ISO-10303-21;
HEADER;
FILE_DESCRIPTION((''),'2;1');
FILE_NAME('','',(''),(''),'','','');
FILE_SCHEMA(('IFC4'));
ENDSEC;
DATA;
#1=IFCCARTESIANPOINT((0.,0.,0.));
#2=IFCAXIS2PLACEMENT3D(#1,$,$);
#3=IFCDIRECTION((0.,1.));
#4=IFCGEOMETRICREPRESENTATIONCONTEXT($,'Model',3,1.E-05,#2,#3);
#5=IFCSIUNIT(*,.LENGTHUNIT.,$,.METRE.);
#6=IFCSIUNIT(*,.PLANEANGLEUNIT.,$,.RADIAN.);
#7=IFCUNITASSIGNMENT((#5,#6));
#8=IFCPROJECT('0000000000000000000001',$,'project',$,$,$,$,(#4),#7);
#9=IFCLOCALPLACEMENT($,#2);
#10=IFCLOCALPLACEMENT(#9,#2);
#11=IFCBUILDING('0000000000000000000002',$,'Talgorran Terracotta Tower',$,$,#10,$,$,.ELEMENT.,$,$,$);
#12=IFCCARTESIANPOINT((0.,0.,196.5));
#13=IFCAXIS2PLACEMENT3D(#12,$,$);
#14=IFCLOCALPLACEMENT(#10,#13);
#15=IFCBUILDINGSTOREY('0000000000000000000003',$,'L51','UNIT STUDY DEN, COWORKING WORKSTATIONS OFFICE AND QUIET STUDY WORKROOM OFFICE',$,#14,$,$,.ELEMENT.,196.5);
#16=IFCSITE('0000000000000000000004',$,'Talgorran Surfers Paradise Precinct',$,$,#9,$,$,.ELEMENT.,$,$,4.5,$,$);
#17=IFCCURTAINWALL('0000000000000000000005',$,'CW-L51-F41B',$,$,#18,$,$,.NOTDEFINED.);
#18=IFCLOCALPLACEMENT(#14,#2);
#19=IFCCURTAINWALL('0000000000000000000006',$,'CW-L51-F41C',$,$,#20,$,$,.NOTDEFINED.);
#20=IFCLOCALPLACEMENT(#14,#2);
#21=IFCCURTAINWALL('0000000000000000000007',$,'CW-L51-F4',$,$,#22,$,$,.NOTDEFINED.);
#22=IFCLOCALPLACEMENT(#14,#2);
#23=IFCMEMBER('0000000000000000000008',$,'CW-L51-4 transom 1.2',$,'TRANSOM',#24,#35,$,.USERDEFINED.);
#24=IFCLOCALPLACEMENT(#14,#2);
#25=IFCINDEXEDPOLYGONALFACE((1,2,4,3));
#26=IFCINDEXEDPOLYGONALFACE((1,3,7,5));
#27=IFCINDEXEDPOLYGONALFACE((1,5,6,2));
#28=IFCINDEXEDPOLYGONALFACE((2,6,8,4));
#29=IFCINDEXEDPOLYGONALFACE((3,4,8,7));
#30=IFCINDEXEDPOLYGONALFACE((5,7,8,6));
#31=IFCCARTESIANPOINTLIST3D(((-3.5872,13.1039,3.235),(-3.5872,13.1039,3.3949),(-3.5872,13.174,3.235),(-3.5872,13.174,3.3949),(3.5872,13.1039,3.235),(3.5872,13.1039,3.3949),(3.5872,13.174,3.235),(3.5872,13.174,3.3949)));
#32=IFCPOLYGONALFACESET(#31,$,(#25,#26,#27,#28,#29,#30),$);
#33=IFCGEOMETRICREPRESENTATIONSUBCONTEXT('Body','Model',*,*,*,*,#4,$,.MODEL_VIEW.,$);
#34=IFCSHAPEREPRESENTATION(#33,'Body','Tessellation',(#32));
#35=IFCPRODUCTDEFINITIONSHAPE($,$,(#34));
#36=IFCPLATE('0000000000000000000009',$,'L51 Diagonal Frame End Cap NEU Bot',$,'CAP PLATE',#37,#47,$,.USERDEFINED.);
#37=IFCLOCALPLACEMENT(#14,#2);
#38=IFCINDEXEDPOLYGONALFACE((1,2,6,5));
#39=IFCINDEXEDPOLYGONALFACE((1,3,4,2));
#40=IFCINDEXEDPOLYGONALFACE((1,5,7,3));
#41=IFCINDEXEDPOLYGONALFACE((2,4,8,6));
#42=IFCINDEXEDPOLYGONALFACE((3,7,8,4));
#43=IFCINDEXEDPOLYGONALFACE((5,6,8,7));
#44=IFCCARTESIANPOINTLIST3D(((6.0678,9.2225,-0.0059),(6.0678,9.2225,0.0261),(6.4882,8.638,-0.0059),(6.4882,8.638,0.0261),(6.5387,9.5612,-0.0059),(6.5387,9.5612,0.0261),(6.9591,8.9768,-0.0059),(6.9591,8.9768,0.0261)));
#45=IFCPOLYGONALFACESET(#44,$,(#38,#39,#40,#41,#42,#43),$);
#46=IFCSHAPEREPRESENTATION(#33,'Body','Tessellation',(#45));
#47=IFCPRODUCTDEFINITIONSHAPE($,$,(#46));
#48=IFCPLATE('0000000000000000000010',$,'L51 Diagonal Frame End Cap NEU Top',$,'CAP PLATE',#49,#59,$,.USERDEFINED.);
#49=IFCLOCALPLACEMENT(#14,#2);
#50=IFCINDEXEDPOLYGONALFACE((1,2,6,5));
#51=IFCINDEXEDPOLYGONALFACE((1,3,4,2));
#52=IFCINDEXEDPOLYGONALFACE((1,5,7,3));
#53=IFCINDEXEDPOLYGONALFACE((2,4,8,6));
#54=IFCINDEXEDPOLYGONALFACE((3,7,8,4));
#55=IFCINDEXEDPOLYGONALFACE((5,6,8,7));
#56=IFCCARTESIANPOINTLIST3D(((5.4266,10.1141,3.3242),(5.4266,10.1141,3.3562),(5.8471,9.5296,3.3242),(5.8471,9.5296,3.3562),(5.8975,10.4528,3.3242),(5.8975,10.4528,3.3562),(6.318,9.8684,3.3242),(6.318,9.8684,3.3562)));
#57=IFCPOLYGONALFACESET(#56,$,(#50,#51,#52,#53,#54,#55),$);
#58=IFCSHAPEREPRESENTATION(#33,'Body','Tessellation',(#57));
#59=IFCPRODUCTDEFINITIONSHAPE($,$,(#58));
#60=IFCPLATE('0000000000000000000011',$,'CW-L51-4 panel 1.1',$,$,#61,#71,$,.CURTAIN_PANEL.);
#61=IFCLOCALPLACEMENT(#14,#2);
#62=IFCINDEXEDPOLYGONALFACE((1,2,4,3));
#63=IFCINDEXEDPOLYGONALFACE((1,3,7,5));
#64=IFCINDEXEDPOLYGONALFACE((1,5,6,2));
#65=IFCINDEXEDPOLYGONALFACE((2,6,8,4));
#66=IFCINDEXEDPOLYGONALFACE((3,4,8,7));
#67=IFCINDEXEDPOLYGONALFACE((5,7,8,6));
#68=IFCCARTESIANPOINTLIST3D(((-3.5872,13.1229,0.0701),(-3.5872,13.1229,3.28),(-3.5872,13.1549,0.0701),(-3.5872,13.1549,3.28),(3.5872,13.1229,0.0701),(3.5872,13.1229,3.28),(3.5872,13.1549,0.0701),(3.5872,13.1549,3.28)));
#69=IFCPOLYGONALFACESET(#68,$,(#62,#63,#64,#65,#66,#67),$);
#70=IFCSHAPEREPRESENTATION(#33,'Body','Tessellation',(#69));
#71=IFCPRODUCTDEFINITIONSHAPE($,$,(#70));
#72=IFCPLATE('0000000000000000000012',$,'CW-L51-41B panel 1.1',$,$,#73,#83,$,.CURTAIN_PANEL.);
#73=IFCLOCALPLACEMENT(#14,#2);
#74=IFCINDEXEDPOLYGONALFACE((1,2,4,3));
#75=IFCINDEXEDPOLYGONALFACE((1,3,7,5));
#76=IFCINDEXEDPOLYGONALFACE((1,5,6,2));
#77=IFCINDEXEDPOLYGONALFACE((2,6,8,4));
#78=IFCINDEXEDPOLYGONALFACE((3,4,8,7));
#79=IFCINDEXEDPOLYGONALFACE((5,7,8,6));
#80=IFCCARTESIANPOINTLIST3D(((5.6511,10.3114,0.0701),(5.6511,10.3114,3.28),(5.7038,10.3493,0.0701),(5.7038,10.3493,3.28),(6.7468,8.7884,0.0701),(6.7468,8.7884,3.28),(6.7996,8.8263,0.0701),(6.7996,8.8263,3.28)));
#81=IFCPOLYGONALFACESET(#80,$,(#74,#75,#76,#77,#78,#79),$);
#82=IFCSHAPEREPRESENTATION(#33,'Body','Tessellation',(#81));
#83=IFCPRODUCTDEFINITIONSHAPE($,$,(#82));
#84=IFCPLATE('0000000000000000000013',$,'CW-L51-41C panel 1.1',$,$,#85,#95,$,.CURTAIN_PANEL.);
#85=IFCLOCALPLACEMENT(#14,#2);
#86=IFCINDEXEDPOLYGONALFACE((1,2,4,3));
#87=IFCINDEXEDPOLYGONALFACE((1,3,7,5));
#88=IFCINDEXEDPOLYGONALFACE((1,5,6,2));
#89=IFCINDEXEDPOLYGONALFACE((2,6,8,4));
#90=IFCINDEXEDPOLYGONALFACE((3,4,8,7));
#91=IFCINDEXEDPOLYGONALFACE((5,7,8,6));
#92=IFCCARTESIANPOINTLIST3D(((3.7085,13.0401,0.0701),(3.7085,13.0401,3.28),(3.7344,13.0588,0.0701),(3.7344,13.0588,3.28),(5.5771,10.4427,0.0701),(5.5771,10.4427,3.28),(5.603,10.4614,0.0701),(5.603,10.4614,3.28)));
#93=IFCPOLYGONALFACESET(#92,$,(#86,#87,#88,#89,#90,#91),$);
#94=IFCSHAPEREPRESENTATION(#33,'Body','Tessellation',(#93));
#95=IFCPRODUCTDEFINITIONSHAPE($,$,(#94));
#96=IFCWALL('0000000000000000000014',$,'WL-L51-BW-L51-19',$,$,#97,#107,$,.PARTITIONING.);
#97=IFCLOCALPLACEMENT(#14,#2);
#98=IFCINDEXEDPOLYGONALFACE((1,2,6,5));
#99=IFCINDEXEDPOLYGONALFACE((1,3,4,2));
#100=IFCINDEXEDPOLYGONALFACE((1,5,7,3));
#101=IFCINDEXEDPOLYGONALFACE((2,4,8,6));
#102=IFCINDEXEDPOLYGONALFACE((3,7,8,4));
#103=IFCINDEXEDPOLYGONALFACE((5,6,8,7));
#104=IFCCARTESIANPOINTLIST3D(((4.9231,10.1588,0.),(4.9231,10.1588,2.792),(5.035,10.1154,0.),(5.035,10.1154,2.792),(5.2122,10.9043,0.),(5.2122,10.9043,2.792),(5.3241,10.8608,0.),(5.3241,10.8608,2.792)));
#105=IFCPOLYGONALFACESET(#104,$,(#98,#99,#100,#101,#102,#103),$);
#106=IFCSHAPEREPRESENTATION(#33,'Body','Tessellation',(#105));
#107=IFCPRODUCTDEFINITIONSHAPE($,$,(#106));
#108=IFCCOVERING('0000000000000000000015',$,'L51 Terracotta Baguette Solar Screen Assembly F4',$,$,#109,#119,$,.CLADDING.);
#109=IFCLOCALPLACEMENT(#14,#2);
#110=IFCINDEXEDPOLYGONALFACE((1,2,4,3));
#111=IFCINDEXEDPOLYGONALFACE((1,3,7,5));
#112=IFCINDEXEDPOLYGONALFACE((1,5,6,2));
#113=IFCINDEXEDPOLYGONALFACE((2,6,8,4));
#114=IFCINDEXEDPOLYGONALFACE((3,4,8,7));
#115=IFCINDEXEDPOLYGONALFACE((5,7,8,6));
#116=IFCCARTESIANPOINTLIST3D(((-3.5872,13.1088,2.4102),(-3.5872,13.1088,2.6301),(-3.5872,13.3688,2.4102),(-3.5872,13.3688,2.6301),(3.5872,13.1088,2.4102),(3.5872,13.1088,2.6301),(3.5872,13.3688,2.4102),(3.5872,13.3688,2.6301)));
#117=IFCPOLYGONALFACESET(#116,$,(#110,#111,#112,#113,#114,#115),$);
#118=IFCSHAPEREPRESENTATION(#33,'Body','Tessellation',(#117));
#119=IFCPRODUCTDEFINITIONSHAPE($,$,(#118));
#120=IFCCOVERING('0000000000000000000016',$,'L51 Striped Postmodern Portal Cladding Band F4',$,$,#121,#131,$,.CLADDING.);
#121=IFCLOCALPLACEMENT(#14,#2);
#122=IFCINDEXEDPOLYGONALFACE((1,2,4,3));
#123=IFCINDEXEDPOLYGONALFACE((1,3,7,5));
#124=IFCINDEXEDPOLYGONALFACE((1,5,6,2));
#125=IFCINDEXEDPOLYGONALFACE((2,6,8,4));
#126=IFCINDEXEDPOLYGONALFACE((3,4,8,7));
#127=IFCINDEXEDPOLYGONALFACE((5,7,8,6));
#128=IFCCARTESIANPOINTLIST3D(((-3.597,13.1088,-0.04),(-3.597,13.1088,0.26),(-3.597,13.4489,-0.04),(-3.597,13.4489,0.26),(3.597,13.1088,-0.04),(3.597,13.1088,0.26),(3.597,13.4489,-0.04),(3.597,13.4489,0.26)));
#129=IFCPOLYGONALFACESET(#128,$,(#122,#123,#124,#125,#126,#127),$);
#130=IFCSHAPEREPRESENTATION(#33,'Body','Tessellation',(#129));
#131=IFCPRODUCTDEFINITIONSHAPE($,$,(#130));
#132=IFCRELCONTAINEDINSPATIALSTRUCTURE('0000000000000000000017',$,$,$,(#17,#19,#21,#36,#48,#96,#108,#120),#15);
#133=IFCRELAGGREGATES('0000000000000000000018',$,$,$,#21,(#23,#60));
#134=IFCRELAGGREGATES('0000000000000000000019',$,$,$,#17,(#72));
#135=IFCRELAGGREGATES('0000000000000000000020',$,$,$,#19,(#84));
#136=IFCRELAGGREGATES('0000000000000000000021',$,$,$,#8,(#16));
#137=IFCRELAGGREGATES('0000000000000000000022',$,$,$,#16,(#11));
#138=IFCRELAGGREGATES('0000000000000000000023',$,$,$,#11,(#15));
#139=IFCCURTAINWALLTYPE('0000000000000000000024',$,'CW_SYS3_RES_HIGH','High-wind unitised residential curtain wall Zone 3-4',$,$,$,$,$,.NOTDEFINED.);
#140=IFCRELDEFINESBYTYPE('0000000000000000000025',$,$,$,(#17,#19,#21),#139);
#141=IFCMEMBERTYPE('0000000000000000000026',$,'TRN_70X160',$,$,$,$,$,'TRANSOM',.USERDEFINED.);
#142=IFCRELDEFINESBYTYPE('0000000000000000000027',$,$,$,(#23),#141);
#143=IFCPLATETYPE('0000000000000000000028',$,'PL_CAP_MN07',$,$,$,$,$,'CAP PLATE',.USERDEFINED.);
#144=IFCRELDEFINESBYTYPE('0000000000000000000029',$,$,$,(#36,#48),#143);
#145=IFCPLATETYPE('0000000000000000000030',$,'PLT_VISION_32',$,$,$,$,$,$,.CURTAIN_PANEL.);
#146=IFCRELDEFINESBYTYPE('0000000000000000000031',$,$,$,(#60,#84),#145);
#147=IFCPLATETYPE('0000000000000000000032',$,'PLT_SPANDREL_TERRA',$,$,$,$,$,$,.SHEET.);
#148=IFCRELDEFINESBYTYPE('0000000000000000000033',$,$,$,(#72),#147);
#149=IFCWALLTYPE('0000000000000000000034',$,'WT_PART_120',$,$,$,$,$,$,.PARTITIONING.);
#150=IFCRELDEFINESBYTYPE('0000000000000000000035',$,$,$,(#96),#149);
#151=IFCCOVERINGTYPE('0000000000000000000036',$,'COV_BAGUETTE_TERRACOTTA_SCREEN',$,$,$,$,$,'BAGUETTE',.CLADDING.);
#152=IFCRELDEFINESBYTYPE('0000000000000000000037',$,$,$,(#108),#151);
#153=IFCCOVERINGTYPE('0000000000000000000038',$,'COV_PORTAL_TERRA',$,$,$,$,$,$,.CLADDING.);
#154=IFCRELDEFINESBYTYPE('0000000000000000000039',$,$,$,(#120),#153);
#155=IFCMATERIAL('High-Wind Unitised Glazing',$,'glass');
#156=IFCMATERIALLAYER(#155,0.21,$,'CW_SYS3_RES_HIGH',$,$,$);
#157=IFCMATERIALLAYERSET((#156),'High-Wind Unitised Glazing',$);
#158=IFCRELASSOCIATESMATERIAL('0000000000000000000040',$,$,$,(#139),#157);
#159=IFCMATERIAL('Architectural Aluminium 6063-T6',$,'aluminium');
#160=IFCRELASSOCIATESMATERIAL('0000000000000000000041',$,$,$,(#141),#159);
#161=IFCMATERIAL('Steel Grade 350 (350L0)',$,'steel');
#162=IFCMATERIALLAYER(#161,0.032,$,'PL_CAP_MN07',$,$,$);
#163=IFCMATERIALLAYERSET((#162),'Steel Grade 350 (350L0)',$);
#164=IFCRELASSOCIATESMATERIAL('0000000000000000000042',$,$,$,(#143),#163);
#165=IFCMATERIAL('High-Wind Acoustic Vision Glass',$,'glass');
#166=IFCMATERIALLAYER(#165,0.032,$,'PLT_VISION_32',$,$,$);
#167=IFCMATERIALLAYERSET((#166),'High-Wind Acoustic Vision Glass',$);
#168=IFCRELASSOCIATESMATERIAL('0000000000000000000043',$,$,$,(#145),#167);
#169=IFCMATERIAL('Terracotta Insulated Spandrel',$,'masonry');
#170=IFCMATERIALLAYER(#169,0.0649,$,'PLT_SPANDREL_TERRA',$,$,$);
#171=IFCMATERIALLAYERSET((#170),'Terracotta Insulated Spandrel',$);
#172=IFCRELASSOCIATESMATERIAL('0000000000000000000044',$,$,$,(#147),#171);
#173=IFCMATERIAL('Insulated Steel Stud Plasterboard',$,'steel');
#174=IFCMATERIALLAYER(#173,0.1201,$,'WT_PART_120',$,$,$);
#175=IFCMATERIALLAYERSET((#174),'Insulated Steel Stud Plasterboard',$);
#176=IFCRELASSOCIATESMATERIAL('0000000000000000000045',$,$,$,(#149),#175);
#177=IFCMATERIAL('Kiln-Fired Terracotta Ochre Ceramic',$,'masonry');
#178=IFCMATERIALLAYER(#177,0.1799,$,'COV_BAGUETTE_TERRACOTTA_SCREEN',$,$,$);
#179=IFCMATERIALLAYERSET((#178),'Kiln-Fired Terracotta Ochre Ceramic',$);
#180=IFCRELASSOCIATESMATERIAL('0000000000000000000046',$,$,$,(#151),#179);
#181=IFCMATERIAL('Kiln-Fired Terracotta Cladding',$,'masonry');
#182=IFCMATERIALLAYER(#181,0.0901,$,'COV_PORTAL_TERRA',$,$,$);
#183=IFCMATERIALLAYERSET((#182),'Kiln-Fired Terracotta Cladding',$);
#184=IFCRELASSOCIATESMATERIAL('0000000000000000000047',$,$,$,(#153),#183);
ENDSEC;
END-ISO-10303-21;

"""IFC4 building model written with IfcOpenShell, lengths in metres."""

from ifc_helpers import new_model, si_unit, direction, frame, frame_2d, origin, origin_2d, place, context, subcontext, project, spatial, rectangle, extrude, source, transform, mapped, material, layer, layer_set, material_profile, profile_set, type_object, type_shapes, element, aggregate, save


model = new_model("IFC4")

# Units and contexts
model_context = context("Model", 3, precision=1e-05, world=origin(), true_north=direction((0.0, 1.0)))
body_context = subcontext(model_context, "Body", "Model", "MODEL_VIEW")
ifc_project = project(units=[si_unit("LENGTHUNIT", "METRE"), si_unit("PLANEANGLEUNIT", "RADIAN")], contexts=[model_context])

# Site, building, storey
site_placement = place(None, origin())
site = spatial("IfcSite", under=ifc_project, at=site_placement, Name="Talgorran Surfers Paradise Precinct", CompositionType="ELEMENT", RefElevation=4.5)
building_placement = place(site_placement, origin())
building = spatial("IfcBuilding", under=site, at=building_placement, Name="Talgorran Terracotta Tower", CompositionType="ELEMENT")
storey_placement = place(building_placement, frame((0.0, 0.0, 196.5)))
storey = spatial("IfcBuildingStorey", under=building, at=storey_placement, Name="L51", Description="UNIT STUDY DEN, COWORKING WORKSTATIONS OFFICE AND QUIET STUDY WORKROOM OFFICE", CompositionType="ELEMENT", Elevation=196.5)

# Shared definitions
ifc_material_1 = material(Name="Steel Grade 350 (350L0)", Category="steel")

# Curtain wall
ifc_material_2 = material(Name="High-Wind Unitised Glazing", Category="glass")
ifc_layer_1 = layer(ifc_material_2, 0.21, Name="CW_SYS3_RES_HIGH")
ifc_layer_set_1 = layer_set([ifc_layer_1], Name="High-Wind Unitised Glazing")
curtain_wall_type = type_object("IfcCurtainWallType", Name="CW_SYS3_RES_HIGH", Description="High-wind unitised residential curtain wall Zone 3-4", PredefinedType="NOTDEFINED", material=ifc_layer_set_1)
curtain_wall_1_placement = place(storey_placement, origin())
curtain_wall_1 = element("IfcCurtainWall", 1, at=curtain_wall_1_placement, inside=storey, type_object=curtain_wall_type, Name="CW-L51-F41B", PredefinedType="NOTDEFINED")
ifc_material_3 = material(Name="Architectural Aluminium 6063-T6", Category="aluminium")

# Curtain wall
curtain_wall_2_placement = place(storey_placement, origin())
curtain_wall_2 = element("IfcCurtainWall", 2, at=curtain_wall_2_placement, inside=storey, type_object=curtain_wall_type, Name="CW-L51-F41C", PredefinedType="NOTDEFINED")

# Curtain wall
curtain_wall_3_placement = place(storey_placement, origin())
curtain_wall_3 = element("IfcCurtainWall", 3, at=curtain_wall_3_placement, inside=storey, type_object=curtain_wall_type, Name="CW-L51-F4", PredefinedType="NOTDEFINED")

# Member
ifc_material_profile_1 = material_profile(ifc_material_3, rectangle(XDim=0.0701, YDim=0.1599, at=origin_2d()), Name="CWT70X160")
ifc_profile_set_1 = profile_set([ifc_material_profile_1], Name="Architectural Aluminium 6063-T6")
member_type_1 = type_object("IfcMemberType", Name="TRN_70X160", ElementType="TRANSOM", PredefinedType="USERDEFINED", material=ifc_profile_set_1)
member_1_placement = place(storey_placement, frame((3.5872, 13.1389, 3.3149), z_axis=(-1.0, 0.0, 0.0), x_axis=(0.0, -1.0, 0.0)))
member_1 = element("IfcMember", 4, at=member_1_placement, type_object=member_type_1, Name="CW-L51-4 transom 1.2", ObjectType="TRANSOM", PredefinedType="USERDEFINED", context=body_context, shape_type="SweptSolid", body=[
    extrude(rectangle(XDim=0.0701, YDim=0.1599, at=origin_2d()), origin(), (0.0, 0.0, 1.0), 7.1743),
])

# Plates
ifc_layer_2 = layer(ifc_material_1, 0.032, Name="PL_CAP_MN07")
ifc_layer_set_2 = layer_set([ifc_layer_2], Name="Steel Grade 350 (350L0)")
plate_type_1 = type_object("IfcPlateType", Name="PL_CAP_MN07", ElementType="CAP PLATE", PredefinedType="USERDEFINED", material=ifc_layer_set_2)
for number, where, z_axis, x_axis, name in (
    (5, (6.5134, 9.0996, -0.0059), (0.0, 0.0, 1.0), (-0.583966, 0.811778, 0.0), "L51 Diagonal Frame End Cap NEU Bot"),
    (6, (5.8723, 9.9912, 3.3242), (0.0, 0.0, 1.0), (-0.583966, 0.811778, 0.0), "L51 Diagonal Frame End Cap NEU Top"),
):
    element("IfcPlate", number, at=place(storey_placement, frame(where, z_axis=z_axis, x_axis=x_axis)), inside=storey, type_object=plate_type_1, Name=name, ObjectType="CAP PLATE", PredefinedType="USERDEFINED", context=body_context, shape_type="SweptSolid", body=[
        extrude(rectangle(XDim=0.72, YDim=0.5801, at=origin_2d()), origin(), (0.0, 0.0, 1.0), 0.032),
    ])

# Plates
ifc_material_4 = material(Name="High-Wind Acoustic Vision Glass", Category="glass")
ifc_layer_3 = layer(ifc_material_4, 0.032, Name="PLT_VISION_32")
ifc_layer_set_3 = layer_set([ifc_layer_3], Name="High-Wind Acoustic Vision Glass")
plate_type_2 = type_object("IfcPlateType", Name="PLT_VISION_32", PredefinedType="CURTAIN_PANEL", material=ifc_layer_set_3)
shared_shape_1 = source(origin(), body_context, "Body", "SweptSolid", [
    extrude(rectangle(XDim=7.1743, YDim=0.032, at=origin_2d()), origin(), (0.0, 0.0, 1.0), 3.21),
])
plate_1_placement = place(storey_placement, frame((0.0, 13.1389, 0.0701), z_axis=(0.0, 0.0, 1.0), x_axis=(-1.0, 0.0, 0.0)))
plate_1 = element("IfcPlate", 7, at=plate_1_placement, type_object=plate_type_2, Name="CW-L51-4 panel 1.1", PredefinedType="CURTAIN_PANEL", context=body_context, shape_type="MappedRepresentation", body=[
    mapped(shared_shape_1, transform((0.0, 0.0, 0.0), scale=1.0)),
])
aggregate(curtain_wall_3, [member_1, plate_1])
ifc_material_5 = material(Name="Terracotta Insulated Spandrel", Category="masonry")
ifc_layer_4 = layer(ifc_material_5, 0.0649, Name="PLT_SPANDREL_TERRA")
ifc_layer_set_4 = layer_set([ifc_layer_4], Name="Terracotta Insulated Spandrel")
plate_type_3 = type_object("IfcPlateType", Name="PLT_SPANDREL_TERRA", PredefinedType="SHEET", material=ifc_layer_set_4)
shared_shape_2 = source(origin(), body_context, "Body", "SweptSolid", [
    extrude(rectangle(XDim=1.8762, YDim=0.0649, at=origin_2d()), origin(), (0.0, 0.0, 1.0), 3.21),
])
type_shapes(plate_type_3, [shared_shape_2])
plate_2_placement = place(storey_placement, frame((6.2253, 9.5688, 0.0701), z_axis=(0.0, 0.0, 1.0), x_axis=(-0.583994, 0.811758, 0.0)))
plate_2 = element("IfcPlate", 8, at=plate_2_placement, type_object=plate_type_3, Name="CW-L51-41B panel 1.1", PredefinedType="CURTAIN_PANEL", context=body_context, shape_type="MappedRepresentation", body=[
    mapped(shared_shape_2, transform((0.0, 0.0, 0.0), scale=1.0)),
])
aggregate(curtain_wall_1, [plate_2])
shared_shape_3 = source(origin(), body_context, "Body", "SweptSolid", [
    extrude(rectangle(XDim=3.1997, YDim=0.032, at=origin_2d()), origin(), (0.0, 0.0, 1.0), 3.21),
])
type_shapes(plate_type_2, [shared_shape_1, shared_shape_3])
plate_3_placement = place(storey_placement, frame((4.6558, 11.7507, 0.0701), z_axis=(0.0, 0.0, 1.0), x_axis=(-0.583991, 0.81176, 0.0)))
plate_3 = element("IfcPlate", 9, at=plate_3_placement, type_object=plate_type_2, Name="CW-L51-41C panel 1.1", PredefinedType="CURTAIN_PANEL", context=body_context, shape_type="MappedRepresentation", body=[
    mapped(shared_shape_3, transform((0.0, 0.0, 0.0), scale=1.0)),
])
aggregate(curtain_wall_2, [plate_3])

# Wall
ifc_material_6 = material(Name="Insulated Steel Stud Plasterboard", Category="steel")
ifc_layer_5 = layer(ifc_material_6, 0.1201, Name="WT_PART_120")
ifc_layer_set_5 = layer_set([ifc_layer_5], Name="Insulated Steel Stud Plasterboard")
wall_type = type_object("IfcWallType", Name="WT_PART_120", PredefinedType="PARTITIONING", material=ifc_layer_set_5)
wall_placement = place(storey_placement, frame((4.979, 10.137, 0.0), z_axis=(0.0, 0.0, 1.0), x_axis=(0.361577, 0.932342, 0.0)))
element("IfcWall", 10, at=wall_placement, inside=storey, type_object=wall_type, Name="WL-L51-BW-L51-19", PredefinedType="PARTITIONING", context=body_context, shape_type="SweptSolid", body=[
    extrude(rectangle(XDim=0.7996, YDim=0.1201, at=frame_2d((0.3999, 0.0))), origin(), (0.0, 0.0, 1.0), 2.792),
])

# Coverings
ifc_material_7 = material(Name="Kiln-Fired Terracotta Ochre Ceramic", Category="masonry")
ifc_layer_6 = layer(ifc_material_7, 0.1799, Name="COV_BAGUETTE_TERRACOTTA_SCREEN")
ifc_layer_set_6 = layer_set([ifc_layer_6], Name="Kiln-Fired Terracotta Ochre Ceramic")
covering_type_1 = type_object("IfcCoveringType", Name="COV_BAGUETTE_TERRACOTTA_SCREEN", ElementType="BAGUETTE", PredefinedType="CLADDING", material=ifc_layer_set_6)
covering_1_placement = place(storey_placement, frame((0.0, 13.2388, 2.4102), z_axis=(0.0, 0.0, 1.0), x_axis=(-1.0, 0.0, 0.0)))
element("IfcCovering", 11, at=covering_1_placement, inside=storey, type_object=covering_type_1, Name="L51 Terracotta Baguette Solar Screen Assembly F4", PredefinedType="CLADDING", context=body_context, shape_type="SweptSolid", body=[
    extrude(rectangle(XDim=7.1743, YDim=0.26, at=origin_2d()), origin(), (0.0, 0.0, 1.0), 0.22),
])
ifc_material_8 = material(Name="Kiln-Fired Terracotta Cladding", Category="masonry")
ifc_layer_7 = layer(ifc_material_8, 0.0901, Name="COV_PORTAL_TERRA")
ifc_layer_set_7 = layer_set([ifc_layer_7], Name="Kiln-Fired Terracotta Cladding")
covering_type_2 = type_object("IfcCoveringType", Name="COV_PORTAL_TERRA", PredefinedType="CLADDING", material=ifc_layer_set_7)
covering_2_placement = place(storey_placement, frame((0.0, 13.2788, -0.04), z_axis=(0.0, 0.0, 1.0), x_axis=(-1.0, 0.0, 0.0)))
element("IfcCovering", 12, at=covering_2_placement, inside=storey, type_object=covering_type_2, Name="L51 Striped Postmodern Portal Cladding Band F4", PredefinedType="CLADDING", context=body_context, shape_type="SweptSolid", body=[
    extrude(rectangle(XDim=7.1941, YDim=0.3401, at=origin_2d()), origin(), (0.0, 0.0, 1.0), 0.3),
])

save(model, "model.ifc")
